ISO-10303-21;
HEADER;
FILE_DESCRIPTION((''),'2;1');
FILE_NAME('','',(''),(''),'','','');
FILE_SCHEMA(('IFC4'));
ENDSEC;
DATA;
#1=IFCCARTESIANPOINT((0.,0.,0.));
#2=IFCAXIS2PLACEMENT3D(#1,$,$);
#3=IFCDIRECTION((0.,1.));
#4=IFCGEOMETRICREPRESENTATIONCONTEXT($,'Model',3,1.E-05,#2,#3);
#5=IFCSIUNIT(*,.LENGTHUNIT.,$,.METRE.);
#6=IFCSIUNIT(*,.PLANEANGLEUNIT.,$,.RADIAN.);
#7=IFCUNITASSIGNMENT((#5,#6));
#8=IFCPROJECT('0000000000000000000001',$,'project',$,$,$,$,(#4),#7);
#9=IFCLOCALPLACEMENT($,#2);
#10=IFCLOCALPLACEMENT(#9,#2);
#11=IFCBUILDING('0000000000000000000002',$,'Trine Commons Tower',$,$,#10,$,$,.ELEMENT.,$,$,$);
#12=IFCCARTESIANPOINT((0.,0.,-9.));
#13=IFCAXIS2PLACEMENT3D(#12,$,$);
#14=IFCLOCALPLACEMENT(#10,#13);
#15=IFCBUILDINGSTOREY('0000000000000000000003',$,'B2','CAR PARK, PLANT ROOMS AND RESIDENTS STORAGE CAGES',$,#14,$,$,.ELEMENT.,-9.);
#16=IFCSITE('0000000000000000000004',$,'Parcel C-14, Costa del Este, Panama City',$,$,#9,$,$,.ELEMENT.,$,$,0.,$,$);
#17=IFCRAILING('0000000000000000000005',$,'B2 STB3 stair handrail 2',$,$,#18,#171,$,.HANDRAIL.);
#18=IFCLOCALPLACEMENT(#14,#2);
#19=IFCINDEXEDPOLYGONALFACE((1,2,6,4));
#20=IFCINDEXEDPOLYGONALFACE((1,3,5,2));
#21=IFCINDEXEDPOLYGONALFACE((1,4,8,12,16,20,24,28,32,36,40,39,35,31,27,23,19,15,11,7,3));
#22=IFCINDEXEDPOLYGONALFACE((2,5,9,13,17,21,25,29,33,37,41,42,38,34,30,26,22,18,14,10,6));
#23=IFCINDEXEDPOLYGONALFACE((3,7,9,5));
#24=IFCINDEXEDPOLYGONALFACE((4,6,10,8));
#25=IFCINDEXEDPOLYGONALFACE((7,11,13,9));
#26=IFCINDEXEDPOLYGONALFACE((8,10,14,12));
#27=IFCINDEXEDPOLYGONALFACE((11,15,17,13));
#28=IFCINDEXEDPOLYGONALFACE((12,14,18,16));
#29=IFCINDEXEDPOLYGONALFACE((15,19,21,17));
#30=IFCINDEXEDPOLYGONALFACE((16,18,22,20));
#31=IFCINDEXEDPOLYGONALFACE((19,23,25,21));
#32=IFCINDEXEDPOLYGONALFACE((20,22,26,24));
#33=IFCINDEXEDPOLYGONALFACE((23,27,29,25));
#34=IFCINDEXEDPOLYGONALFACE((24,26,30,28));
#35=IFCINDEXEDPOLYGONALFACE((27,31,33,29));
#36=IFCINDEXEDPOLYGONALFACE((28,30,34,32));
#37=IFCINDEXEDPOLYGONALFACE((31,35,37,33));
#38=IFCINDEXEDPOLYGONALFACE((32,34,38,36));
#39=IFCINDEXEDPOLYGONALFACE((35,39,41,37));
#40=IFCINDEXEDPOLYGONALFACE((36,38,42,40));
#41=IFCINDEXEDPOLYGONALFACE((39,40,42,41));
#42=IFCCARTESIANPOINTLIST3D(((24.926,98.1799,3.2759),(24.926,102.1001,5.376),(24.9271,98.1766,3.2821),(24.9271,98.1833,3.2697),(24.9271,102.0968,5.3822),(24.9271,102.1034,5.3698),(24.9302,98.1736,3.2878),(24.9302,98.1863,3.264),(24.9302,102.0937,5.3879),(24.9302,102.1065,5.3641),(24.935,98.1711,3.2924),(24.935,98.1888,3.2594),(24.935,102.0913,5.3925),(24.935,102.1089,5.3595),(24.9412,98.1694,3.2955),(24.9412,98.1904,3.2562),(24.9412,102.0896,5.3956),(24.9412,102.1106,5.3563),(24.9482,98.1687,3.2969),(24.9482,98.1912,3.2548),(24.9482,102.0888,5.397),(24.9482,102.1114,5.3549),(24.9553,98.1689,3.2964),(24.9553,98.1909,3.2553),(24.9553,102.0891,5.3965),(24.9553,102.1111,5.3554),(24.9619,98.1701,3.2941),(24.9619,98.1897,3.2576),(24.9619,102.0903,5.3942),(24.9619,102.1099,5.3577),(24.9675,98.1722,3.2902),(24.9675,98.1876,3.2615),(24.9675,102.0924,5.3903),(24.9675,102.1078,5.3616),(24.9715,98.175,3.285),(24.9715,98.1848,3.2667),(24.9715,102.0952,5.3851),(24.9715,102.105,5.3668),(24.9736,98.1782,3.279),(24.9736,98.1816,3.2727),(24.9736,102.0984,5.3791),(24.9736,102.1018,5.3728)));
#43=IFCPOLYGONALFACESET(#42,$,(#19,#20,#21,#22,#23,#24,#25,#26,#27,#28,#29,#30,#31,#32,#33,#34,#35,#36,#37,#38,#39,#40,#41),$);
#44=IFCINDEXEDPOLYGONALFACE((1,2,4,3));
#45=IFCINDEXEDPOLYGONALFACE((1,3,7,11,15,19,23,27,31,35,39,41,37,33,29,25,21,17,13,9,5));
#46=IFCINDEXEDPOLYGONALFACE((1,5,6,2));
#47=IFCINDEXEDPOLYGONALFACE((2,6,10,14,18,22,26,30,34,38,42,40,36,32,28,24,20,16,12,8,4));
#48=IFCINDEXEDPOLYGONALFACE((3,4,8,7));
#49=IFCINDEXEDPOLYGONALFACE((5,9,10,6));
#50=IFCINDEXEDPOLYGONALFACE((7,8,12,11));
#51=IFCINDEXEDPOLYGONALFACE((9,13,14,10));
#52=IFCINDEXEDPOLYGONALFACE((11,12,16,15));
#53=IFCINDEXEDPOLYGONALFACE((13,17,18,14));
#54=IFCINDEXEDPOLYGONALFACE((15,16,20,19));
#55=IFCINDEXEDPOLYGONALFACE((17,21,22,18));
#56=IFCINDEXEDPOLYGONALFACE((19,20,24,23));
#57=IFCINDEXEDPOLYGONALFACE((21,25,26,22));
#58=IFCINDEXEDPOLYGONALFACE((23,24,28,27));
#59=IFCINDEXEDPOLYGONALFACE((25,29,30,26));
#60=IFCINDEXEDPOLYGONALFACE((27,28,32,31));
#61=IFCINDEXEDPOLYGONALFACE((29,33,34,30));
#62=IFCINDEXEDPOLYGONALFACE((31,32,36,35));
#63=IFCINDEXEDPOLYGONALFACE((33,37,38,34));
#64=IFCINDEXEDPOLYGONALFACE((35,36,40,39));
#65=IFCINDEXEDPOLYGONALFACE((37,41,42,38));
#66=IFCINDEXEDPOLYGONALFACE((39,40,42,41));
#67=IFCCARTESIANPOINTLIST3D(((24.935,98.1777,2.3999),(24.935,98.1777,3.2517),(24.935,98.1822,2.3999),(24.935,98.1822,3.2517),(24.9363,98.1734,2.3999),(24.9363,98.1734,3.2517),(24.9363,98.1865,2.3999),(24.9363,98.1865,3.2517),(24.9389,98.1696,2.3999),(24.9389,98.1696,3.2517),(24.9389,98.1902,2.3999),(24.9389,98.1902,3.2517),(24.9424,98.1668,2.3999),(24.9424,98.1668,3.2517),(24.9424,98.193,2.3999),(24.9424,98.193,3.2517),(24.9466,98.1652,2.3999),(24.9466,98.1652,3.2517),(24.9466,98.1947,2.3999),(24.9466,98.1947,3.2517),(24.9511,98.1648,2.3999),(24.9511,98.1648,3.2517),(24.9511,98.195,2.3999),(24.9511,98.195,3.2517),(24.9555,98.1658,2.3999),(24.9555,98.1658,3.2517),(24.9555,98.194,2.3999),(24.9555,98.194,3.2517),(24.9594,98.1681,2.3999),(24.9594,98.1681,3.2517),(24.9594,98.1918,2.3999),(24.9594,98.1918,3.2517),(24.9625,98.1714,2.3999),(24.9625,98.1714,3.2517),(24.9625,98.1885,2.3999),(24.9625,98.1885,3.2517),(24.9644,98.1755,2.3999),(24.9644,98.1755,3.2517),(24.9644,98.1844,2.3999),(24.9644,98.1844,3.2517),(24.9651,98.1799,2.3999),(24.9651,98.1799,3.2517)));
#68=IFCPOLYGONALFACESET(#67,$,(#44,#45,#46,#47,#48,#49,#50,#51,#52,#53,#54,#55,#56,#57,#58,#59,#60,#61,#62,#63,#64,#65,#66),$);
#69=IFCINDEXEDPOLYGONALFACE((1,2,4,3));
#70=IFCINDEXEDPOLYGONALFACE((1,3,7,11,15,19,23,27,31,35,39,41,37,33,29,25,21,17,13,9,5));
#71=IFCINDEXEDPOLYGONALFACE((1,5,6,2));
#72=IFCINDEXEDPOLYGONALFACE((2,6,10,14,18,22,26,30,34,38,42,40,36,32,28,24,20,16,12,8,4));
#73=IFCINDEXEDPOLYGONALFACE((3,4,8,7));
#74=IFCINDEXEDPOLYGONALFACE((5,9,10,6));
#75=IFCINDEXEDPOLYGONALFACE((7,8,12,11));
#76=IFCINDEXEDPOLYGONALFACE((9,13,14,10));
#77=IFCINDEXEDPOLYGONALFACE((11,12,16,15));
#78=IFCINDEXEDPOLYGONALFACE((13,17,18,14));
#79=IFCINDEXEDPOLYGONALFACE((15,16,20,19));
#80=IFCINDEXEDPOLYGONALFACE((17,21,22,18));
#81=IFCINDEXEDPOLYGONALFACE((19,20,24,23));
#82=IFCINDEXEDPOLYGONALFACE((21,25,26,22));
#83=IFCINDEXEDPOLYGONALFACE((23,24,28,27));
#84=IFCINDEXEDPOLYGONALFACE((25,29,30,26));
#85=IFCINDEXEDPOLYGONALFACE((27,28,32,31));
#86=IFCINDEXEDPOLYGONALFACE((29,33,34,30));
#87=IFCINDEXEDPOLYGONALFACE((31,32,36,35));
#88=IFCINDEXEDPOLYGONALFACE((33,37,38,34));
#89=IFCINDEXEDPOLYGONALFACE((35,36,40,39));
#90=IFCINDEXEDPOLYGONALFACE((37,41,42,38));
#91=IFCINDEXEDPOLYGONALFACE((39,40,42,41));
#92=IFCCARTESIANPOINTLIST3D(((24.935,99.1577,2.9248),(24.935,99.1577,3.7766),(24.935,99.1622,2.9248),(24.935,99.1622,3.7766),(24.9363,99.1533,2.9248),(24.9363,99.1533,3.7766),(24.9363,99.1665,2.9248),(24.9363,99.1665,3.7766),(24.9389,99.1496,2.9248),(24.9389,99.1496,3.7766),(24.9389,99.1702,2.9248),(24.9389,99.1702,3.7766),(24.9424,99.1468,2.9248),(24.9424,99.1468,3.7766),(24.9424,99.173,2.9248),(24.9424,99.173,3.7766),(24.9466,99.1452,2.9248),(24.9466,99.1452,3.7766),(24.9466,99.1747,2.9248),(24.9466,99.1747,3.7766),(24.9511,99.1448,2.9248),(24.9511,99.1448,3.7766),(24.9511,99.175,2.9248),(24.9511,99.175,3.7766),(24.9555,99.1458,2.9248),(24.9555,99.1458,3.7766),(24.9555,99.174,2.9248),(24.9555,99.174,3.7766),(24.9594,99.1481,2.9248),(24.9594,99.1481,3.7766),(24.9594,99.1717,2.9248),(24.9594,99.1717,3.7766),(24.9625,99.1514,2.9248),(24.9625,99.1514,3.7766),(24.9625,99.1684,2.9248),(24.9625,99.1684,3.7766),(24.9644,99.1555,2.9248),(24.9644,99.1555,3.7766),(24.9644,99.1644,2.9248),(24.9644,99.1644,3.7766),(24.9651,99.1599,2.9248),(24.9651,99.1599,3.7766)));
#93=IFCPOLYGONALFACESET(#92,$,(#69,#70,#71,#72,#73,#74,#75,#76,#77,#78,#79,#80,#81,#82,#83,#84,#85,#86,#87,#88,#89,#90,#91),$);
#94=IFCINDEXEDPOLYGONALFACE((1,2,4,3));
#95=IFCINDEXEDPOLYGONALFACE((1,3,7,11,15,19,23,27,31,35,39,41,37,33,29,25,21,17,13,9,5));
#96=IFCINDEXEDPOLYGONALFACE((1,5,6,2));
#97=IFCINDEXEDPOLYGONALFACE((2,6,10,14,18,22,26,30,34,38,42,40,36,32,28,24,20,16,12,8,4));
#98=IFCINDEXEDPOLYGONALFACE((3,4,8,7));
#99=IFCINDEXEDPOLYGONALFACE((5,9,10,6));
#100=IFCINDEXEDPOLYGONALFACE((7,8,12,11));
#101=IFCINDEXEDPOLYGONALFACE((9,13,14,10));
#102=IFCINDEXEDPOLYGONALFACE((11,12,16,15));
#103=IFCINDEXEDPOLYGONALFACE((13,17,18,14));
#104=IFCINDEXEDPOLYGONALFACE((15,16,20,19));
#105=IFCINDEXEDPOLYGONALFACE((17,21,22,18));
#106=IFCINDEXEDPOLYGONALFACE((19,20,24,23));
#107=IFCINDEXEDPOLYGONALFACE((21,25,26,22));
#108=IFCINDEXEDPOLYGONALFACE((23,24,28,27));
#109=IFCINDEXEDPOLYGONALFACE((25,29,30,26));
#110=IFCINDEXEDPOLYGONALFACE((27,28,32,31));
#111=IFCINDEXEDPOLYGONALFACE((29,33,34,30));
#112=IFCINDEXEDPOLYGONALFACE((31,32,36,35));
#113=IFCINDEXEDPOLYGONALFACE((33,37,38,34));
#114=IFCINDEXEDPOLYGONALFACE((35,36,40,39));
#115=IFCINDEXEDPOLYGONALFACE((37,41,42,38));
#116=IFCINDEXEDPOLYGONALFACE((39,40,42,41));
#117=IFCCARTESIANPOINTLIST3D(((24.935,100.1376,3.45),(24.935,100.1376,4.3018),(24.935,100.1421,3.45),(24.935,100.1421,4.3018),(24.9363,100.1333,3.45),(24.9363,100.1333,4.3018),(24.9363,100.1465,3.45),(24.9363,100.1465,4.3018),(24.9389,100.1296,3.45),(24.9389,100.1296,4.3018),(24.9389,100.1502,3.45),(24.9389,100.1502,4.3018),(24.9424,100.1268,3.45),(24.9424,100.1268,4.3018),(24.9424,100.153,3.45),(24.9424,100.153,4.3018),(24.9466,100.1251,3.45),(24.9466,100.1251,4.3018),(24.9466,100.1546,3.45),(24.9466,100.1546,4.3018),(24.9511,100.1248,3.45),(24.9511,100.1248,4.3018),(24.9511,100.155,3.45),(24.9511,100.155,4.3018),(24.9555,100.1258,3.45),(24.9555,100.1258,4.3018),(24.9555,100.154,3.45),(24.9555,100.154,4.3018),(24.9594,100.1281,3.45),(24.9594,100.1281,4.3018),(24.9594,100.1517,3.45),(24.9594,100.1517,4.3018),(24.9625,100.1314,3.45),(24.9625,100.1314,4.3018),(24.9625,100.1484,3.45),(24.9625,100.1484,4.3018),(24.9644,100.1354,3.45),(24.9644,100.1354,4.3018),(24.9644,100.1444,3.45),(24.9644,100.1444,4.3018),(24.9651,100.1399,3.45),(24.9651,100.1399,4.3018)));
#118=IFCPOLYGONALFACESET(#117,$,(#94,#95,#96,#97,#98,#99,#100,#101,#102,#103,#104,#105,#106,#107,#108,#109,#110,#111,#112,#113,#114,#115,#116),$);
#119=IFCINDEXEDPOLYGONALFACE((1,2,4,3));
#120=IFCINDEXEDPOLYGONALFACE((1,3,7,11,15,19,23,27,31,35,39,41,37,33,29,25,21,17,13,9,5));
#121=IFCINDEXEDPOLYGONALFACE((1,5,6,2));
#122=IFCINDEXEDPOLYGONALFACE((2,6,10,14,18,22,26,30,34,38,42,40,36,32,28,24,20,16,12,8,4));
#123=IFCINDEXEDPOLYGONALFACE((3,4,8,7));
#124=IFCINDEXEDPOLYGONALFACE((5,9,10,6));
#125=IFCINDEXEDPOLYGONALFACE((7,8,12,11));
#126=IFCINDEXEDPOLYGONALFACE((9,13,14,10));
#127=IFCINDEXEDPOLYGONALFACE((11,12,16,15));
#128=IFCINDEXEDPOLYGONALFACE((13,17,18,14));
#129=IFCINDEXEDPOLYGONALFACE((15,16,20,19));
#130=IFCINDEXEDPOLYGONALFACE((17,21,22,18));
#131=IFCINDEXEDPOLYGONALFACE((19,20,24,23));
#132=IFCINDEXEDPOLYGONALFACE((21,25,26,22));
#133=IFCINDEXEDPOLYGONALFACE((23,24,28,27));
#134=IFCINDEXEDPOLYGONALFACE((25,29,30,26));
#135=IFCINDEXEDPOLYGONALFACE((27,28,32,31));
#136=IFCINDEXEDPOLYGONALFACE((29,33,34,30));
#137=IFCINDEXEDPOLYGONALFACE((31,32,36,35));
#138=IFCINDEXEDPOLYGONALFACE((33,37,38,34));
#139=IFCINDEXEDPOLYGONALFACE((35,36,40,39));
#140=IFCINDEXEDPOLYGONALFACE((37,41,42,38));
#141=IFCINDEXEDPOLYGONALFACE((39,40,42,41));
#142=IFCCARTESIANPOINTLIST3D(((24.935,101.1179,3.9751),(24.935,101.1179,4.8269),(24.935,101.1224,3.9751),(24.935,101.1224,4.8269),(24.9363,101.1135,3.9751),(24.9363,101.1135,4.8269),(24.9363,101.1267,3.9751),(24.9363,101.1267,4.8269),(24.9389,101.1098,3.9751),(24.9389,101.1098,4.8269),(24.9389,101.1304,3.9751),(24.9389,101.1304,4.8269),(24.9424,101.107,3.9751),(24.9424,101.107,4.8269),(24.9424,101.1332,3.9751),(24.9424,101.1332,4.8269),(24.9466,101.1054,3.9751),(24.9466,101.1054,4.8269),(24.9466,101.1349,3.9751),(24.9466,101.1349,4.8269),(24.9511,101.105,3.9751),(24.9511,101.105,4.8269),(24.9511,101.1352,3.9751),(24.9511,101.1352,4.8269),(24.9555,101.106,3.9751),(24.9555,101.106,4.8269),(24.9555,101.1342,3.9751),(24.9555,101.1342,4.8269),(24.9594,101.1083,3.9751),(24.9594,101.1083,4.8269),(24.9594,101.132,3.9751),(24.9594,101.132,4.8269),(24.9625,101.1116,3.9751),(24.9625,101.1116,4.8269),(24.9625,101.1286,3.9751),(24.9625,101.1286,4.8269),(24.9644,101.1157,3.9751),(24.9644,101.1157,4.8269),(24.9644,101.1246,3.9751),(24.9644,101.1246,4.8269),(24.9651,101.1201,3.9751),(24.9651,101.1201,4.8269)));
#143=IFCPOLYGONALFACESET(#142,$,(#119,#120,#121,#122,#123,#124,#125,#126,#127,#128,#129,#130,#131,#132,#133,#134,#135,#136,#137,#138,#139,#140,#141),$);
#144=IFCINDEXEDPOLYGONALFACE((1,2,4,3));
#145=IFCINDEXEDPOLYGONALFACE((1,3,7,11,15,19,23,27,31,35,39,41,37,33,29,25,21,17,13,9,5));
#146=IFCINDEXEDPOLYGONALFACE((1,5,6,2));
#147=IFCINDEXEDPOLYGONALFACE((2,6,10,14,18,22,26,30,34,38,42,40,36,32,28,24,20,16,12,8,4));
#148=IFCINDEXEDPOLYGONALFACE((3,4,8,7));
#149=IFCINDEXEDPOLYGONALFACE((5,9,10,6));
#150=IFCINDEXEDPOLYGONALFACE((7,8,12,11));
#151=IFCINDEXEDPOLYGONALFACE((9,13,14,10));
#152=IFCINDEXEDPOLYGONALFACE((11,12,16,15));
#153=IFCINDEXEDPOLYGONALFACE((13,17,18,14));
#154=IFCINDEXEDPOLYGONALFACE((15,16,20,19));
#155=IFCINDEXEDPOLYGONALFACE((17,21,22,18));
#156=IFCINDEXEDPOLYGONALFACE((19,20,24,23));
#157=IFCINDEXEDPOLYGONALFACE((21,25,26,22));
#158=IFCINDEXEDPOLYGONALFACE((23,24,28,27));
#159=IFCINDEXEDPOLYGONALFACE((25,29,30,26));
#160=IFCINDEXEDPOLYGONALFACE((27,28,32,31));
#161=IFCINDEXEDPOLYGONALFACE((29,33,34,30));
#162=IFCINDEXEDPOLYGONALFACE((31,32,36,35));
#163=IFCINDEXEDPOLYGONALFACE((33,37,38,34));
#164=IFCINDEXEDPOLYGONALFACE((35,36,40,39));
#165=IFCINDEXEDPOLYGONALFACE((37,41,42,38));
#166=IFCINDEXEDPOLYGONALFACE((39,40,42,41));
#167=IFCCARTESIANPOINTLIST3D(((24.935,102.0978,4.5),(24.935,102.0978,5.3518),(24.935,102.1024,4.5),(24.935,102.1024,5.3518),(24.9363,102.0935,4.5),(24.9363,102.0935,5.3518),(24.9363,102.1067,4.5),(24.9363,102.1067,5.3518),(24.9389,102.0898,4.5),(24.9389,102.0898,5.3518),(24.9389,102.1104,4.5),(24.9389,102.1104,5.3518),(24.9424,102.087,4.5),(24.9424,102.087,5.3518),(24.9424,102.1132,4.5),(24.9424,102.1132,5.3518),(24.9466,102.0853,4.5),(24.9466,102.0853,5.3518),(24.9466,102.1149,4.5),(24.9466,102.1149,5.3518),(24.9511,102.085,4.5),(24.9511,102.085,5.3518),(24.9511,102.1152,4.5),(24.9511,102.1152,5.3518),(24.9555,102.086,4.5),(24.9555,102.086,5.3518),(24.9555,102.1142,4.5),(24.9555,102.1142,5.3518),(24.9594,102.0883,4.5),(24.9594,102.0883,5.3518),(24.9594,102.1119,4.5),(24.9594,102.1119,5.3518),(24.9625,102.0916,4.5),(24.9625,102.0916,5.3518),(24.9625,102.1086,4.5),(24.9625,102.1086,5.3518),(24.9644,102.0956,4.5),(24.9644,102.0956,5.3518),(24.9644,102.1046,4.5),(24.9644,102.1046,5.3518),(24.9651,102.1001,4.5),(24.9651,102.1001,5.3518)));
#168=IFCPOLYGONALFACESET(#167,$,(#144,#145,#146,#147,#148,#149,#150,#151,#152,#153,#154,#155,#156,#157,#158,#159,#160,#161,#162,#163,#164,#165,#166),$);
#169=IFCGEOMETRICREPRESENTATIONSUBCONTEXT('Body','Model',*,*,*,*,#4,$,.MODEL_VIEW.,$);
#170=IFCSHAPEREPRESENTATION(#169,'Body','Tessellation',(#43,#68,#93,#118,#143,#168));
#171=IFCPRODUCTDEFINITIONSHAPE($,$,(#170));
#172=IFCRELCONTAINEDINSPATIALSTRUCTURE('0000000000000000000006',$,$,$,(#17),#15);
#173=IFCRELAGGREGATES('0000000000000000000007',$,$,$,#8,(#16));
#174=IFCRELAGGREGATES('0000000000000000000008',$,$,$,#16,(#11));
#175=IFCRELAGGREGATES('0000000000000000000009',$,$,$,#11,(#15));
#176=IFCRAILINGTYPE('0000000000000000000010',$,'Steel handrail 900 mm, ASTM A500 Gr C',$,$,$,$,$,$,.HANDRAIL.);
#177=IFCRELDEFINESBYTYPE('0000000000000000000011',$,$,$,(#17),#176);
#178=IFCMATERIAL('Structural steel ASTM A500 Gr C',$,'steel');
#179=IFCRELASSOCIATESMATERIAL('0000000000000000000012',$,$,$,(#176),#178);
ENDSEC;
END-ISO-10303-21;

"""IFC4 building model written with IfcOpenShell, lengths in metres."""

from ifc_helpers import new_model, si_unit, direction, frame, origin, origin_2d, place, context, subcontext, project, spatial, circle, extrude, material, type_object, element, save


model = new_model("IFC4")

# Units and contexts
model_context = context("Model", 3, precision=1e-05, world=origin(), true_north=direction((0.0, 1.0)))
body_context = subcontext(model_context, "Body", "Model", "MODEL_VIEW")
ifc_project = project(units=[si_unit("LENGTHUNIT", "METRE"), si_unit("PLANEANGLEUNIT", "RADIAN")], contexts=[model_context])

# Site, building, storey
site_placement = place(None, origin())
site = spatial("IfcSite", under=ifc_project, at=site_placement, Name="Parcel C-14, Costa del Este, Panama City", CompositionType="ELEMENT", RefElevation=0.0)
building_placement = place(site_placement, origin())
building = spatial("IfcBuilding", under=site, at=building_placement, Name="Trine Commons Tower", CompositionType="ELEMENT")
storey_placement = place(building_placement, frame((0.0, 0.0, -9.0)))
storey = spatial("IfcBuildingStorey", under=building, at=storey_placement, Name="B2", Description="CAR PARK, PLANT ROOMS AND RESIDENTS STORAGE CAGES", CompositionType="ELEMENT", Elevation=-9.0)

# Railing
ifc_material_1 = material(Name="Structural steel ASTM A500 Gr C", Category="steel")
railing_type_1 = type_object("IfcRailingType", Name="Steel handrail 900 mm, ASTM A500 Gr C", PredefinedType="HANDRAIL", material=ifc_material_1)
railing_1_placement = place(storey_placement, frame((24.95, 98.1799, 2.3999)))
element("IfcRailing", 1, at=railing_1_placement, inside=storey, type_object=railing_type_1, Name="B2 STB3 stair handrail 2", PredefinedType="HANDRAIL", context=body_context, shape_type="SweptSolid", body=[
    extrude(circle(Radius=0.0239, at=origin_2d()), frame((0.0, 0.0, 0.876), z_axis=(0.0, 0.881479, 0.472223), x_axis=(-1.0, 0.0, 0.0)), (0.0, 0.0, 1.0), 4.4473),
    extrude(circle(Radius=0.0151, at=origin_2d()), origin(), (0.0, 0.0, 1.0), 0.8518),
    extrude(circle(Radius=0.0151, at=origin_2d()), frame((0.0, 0.98, 0.5249)), (0.0, 0.0, 1.0), 0.8518),
    extrude(circle(Radius=0.0151, at=origin_2d()), frame((0.0, 1.96, 1.05)), (0.0, 0.0, 1.0), 0.8518),
    extrude(circle(Radius=0.0151, at=origin_2d()), frame((0.0, 2.9402, 1.5752)), (0.0, 0.0, 1.0), 0.8518),
    extrude(circle(Radius=0.0151, at=origin_2d()), frame((0.0, 3.9202, 2.1001)), (0.0, 0.0, 1.0), 0.8518),
])

save(model, "model.ifc")
